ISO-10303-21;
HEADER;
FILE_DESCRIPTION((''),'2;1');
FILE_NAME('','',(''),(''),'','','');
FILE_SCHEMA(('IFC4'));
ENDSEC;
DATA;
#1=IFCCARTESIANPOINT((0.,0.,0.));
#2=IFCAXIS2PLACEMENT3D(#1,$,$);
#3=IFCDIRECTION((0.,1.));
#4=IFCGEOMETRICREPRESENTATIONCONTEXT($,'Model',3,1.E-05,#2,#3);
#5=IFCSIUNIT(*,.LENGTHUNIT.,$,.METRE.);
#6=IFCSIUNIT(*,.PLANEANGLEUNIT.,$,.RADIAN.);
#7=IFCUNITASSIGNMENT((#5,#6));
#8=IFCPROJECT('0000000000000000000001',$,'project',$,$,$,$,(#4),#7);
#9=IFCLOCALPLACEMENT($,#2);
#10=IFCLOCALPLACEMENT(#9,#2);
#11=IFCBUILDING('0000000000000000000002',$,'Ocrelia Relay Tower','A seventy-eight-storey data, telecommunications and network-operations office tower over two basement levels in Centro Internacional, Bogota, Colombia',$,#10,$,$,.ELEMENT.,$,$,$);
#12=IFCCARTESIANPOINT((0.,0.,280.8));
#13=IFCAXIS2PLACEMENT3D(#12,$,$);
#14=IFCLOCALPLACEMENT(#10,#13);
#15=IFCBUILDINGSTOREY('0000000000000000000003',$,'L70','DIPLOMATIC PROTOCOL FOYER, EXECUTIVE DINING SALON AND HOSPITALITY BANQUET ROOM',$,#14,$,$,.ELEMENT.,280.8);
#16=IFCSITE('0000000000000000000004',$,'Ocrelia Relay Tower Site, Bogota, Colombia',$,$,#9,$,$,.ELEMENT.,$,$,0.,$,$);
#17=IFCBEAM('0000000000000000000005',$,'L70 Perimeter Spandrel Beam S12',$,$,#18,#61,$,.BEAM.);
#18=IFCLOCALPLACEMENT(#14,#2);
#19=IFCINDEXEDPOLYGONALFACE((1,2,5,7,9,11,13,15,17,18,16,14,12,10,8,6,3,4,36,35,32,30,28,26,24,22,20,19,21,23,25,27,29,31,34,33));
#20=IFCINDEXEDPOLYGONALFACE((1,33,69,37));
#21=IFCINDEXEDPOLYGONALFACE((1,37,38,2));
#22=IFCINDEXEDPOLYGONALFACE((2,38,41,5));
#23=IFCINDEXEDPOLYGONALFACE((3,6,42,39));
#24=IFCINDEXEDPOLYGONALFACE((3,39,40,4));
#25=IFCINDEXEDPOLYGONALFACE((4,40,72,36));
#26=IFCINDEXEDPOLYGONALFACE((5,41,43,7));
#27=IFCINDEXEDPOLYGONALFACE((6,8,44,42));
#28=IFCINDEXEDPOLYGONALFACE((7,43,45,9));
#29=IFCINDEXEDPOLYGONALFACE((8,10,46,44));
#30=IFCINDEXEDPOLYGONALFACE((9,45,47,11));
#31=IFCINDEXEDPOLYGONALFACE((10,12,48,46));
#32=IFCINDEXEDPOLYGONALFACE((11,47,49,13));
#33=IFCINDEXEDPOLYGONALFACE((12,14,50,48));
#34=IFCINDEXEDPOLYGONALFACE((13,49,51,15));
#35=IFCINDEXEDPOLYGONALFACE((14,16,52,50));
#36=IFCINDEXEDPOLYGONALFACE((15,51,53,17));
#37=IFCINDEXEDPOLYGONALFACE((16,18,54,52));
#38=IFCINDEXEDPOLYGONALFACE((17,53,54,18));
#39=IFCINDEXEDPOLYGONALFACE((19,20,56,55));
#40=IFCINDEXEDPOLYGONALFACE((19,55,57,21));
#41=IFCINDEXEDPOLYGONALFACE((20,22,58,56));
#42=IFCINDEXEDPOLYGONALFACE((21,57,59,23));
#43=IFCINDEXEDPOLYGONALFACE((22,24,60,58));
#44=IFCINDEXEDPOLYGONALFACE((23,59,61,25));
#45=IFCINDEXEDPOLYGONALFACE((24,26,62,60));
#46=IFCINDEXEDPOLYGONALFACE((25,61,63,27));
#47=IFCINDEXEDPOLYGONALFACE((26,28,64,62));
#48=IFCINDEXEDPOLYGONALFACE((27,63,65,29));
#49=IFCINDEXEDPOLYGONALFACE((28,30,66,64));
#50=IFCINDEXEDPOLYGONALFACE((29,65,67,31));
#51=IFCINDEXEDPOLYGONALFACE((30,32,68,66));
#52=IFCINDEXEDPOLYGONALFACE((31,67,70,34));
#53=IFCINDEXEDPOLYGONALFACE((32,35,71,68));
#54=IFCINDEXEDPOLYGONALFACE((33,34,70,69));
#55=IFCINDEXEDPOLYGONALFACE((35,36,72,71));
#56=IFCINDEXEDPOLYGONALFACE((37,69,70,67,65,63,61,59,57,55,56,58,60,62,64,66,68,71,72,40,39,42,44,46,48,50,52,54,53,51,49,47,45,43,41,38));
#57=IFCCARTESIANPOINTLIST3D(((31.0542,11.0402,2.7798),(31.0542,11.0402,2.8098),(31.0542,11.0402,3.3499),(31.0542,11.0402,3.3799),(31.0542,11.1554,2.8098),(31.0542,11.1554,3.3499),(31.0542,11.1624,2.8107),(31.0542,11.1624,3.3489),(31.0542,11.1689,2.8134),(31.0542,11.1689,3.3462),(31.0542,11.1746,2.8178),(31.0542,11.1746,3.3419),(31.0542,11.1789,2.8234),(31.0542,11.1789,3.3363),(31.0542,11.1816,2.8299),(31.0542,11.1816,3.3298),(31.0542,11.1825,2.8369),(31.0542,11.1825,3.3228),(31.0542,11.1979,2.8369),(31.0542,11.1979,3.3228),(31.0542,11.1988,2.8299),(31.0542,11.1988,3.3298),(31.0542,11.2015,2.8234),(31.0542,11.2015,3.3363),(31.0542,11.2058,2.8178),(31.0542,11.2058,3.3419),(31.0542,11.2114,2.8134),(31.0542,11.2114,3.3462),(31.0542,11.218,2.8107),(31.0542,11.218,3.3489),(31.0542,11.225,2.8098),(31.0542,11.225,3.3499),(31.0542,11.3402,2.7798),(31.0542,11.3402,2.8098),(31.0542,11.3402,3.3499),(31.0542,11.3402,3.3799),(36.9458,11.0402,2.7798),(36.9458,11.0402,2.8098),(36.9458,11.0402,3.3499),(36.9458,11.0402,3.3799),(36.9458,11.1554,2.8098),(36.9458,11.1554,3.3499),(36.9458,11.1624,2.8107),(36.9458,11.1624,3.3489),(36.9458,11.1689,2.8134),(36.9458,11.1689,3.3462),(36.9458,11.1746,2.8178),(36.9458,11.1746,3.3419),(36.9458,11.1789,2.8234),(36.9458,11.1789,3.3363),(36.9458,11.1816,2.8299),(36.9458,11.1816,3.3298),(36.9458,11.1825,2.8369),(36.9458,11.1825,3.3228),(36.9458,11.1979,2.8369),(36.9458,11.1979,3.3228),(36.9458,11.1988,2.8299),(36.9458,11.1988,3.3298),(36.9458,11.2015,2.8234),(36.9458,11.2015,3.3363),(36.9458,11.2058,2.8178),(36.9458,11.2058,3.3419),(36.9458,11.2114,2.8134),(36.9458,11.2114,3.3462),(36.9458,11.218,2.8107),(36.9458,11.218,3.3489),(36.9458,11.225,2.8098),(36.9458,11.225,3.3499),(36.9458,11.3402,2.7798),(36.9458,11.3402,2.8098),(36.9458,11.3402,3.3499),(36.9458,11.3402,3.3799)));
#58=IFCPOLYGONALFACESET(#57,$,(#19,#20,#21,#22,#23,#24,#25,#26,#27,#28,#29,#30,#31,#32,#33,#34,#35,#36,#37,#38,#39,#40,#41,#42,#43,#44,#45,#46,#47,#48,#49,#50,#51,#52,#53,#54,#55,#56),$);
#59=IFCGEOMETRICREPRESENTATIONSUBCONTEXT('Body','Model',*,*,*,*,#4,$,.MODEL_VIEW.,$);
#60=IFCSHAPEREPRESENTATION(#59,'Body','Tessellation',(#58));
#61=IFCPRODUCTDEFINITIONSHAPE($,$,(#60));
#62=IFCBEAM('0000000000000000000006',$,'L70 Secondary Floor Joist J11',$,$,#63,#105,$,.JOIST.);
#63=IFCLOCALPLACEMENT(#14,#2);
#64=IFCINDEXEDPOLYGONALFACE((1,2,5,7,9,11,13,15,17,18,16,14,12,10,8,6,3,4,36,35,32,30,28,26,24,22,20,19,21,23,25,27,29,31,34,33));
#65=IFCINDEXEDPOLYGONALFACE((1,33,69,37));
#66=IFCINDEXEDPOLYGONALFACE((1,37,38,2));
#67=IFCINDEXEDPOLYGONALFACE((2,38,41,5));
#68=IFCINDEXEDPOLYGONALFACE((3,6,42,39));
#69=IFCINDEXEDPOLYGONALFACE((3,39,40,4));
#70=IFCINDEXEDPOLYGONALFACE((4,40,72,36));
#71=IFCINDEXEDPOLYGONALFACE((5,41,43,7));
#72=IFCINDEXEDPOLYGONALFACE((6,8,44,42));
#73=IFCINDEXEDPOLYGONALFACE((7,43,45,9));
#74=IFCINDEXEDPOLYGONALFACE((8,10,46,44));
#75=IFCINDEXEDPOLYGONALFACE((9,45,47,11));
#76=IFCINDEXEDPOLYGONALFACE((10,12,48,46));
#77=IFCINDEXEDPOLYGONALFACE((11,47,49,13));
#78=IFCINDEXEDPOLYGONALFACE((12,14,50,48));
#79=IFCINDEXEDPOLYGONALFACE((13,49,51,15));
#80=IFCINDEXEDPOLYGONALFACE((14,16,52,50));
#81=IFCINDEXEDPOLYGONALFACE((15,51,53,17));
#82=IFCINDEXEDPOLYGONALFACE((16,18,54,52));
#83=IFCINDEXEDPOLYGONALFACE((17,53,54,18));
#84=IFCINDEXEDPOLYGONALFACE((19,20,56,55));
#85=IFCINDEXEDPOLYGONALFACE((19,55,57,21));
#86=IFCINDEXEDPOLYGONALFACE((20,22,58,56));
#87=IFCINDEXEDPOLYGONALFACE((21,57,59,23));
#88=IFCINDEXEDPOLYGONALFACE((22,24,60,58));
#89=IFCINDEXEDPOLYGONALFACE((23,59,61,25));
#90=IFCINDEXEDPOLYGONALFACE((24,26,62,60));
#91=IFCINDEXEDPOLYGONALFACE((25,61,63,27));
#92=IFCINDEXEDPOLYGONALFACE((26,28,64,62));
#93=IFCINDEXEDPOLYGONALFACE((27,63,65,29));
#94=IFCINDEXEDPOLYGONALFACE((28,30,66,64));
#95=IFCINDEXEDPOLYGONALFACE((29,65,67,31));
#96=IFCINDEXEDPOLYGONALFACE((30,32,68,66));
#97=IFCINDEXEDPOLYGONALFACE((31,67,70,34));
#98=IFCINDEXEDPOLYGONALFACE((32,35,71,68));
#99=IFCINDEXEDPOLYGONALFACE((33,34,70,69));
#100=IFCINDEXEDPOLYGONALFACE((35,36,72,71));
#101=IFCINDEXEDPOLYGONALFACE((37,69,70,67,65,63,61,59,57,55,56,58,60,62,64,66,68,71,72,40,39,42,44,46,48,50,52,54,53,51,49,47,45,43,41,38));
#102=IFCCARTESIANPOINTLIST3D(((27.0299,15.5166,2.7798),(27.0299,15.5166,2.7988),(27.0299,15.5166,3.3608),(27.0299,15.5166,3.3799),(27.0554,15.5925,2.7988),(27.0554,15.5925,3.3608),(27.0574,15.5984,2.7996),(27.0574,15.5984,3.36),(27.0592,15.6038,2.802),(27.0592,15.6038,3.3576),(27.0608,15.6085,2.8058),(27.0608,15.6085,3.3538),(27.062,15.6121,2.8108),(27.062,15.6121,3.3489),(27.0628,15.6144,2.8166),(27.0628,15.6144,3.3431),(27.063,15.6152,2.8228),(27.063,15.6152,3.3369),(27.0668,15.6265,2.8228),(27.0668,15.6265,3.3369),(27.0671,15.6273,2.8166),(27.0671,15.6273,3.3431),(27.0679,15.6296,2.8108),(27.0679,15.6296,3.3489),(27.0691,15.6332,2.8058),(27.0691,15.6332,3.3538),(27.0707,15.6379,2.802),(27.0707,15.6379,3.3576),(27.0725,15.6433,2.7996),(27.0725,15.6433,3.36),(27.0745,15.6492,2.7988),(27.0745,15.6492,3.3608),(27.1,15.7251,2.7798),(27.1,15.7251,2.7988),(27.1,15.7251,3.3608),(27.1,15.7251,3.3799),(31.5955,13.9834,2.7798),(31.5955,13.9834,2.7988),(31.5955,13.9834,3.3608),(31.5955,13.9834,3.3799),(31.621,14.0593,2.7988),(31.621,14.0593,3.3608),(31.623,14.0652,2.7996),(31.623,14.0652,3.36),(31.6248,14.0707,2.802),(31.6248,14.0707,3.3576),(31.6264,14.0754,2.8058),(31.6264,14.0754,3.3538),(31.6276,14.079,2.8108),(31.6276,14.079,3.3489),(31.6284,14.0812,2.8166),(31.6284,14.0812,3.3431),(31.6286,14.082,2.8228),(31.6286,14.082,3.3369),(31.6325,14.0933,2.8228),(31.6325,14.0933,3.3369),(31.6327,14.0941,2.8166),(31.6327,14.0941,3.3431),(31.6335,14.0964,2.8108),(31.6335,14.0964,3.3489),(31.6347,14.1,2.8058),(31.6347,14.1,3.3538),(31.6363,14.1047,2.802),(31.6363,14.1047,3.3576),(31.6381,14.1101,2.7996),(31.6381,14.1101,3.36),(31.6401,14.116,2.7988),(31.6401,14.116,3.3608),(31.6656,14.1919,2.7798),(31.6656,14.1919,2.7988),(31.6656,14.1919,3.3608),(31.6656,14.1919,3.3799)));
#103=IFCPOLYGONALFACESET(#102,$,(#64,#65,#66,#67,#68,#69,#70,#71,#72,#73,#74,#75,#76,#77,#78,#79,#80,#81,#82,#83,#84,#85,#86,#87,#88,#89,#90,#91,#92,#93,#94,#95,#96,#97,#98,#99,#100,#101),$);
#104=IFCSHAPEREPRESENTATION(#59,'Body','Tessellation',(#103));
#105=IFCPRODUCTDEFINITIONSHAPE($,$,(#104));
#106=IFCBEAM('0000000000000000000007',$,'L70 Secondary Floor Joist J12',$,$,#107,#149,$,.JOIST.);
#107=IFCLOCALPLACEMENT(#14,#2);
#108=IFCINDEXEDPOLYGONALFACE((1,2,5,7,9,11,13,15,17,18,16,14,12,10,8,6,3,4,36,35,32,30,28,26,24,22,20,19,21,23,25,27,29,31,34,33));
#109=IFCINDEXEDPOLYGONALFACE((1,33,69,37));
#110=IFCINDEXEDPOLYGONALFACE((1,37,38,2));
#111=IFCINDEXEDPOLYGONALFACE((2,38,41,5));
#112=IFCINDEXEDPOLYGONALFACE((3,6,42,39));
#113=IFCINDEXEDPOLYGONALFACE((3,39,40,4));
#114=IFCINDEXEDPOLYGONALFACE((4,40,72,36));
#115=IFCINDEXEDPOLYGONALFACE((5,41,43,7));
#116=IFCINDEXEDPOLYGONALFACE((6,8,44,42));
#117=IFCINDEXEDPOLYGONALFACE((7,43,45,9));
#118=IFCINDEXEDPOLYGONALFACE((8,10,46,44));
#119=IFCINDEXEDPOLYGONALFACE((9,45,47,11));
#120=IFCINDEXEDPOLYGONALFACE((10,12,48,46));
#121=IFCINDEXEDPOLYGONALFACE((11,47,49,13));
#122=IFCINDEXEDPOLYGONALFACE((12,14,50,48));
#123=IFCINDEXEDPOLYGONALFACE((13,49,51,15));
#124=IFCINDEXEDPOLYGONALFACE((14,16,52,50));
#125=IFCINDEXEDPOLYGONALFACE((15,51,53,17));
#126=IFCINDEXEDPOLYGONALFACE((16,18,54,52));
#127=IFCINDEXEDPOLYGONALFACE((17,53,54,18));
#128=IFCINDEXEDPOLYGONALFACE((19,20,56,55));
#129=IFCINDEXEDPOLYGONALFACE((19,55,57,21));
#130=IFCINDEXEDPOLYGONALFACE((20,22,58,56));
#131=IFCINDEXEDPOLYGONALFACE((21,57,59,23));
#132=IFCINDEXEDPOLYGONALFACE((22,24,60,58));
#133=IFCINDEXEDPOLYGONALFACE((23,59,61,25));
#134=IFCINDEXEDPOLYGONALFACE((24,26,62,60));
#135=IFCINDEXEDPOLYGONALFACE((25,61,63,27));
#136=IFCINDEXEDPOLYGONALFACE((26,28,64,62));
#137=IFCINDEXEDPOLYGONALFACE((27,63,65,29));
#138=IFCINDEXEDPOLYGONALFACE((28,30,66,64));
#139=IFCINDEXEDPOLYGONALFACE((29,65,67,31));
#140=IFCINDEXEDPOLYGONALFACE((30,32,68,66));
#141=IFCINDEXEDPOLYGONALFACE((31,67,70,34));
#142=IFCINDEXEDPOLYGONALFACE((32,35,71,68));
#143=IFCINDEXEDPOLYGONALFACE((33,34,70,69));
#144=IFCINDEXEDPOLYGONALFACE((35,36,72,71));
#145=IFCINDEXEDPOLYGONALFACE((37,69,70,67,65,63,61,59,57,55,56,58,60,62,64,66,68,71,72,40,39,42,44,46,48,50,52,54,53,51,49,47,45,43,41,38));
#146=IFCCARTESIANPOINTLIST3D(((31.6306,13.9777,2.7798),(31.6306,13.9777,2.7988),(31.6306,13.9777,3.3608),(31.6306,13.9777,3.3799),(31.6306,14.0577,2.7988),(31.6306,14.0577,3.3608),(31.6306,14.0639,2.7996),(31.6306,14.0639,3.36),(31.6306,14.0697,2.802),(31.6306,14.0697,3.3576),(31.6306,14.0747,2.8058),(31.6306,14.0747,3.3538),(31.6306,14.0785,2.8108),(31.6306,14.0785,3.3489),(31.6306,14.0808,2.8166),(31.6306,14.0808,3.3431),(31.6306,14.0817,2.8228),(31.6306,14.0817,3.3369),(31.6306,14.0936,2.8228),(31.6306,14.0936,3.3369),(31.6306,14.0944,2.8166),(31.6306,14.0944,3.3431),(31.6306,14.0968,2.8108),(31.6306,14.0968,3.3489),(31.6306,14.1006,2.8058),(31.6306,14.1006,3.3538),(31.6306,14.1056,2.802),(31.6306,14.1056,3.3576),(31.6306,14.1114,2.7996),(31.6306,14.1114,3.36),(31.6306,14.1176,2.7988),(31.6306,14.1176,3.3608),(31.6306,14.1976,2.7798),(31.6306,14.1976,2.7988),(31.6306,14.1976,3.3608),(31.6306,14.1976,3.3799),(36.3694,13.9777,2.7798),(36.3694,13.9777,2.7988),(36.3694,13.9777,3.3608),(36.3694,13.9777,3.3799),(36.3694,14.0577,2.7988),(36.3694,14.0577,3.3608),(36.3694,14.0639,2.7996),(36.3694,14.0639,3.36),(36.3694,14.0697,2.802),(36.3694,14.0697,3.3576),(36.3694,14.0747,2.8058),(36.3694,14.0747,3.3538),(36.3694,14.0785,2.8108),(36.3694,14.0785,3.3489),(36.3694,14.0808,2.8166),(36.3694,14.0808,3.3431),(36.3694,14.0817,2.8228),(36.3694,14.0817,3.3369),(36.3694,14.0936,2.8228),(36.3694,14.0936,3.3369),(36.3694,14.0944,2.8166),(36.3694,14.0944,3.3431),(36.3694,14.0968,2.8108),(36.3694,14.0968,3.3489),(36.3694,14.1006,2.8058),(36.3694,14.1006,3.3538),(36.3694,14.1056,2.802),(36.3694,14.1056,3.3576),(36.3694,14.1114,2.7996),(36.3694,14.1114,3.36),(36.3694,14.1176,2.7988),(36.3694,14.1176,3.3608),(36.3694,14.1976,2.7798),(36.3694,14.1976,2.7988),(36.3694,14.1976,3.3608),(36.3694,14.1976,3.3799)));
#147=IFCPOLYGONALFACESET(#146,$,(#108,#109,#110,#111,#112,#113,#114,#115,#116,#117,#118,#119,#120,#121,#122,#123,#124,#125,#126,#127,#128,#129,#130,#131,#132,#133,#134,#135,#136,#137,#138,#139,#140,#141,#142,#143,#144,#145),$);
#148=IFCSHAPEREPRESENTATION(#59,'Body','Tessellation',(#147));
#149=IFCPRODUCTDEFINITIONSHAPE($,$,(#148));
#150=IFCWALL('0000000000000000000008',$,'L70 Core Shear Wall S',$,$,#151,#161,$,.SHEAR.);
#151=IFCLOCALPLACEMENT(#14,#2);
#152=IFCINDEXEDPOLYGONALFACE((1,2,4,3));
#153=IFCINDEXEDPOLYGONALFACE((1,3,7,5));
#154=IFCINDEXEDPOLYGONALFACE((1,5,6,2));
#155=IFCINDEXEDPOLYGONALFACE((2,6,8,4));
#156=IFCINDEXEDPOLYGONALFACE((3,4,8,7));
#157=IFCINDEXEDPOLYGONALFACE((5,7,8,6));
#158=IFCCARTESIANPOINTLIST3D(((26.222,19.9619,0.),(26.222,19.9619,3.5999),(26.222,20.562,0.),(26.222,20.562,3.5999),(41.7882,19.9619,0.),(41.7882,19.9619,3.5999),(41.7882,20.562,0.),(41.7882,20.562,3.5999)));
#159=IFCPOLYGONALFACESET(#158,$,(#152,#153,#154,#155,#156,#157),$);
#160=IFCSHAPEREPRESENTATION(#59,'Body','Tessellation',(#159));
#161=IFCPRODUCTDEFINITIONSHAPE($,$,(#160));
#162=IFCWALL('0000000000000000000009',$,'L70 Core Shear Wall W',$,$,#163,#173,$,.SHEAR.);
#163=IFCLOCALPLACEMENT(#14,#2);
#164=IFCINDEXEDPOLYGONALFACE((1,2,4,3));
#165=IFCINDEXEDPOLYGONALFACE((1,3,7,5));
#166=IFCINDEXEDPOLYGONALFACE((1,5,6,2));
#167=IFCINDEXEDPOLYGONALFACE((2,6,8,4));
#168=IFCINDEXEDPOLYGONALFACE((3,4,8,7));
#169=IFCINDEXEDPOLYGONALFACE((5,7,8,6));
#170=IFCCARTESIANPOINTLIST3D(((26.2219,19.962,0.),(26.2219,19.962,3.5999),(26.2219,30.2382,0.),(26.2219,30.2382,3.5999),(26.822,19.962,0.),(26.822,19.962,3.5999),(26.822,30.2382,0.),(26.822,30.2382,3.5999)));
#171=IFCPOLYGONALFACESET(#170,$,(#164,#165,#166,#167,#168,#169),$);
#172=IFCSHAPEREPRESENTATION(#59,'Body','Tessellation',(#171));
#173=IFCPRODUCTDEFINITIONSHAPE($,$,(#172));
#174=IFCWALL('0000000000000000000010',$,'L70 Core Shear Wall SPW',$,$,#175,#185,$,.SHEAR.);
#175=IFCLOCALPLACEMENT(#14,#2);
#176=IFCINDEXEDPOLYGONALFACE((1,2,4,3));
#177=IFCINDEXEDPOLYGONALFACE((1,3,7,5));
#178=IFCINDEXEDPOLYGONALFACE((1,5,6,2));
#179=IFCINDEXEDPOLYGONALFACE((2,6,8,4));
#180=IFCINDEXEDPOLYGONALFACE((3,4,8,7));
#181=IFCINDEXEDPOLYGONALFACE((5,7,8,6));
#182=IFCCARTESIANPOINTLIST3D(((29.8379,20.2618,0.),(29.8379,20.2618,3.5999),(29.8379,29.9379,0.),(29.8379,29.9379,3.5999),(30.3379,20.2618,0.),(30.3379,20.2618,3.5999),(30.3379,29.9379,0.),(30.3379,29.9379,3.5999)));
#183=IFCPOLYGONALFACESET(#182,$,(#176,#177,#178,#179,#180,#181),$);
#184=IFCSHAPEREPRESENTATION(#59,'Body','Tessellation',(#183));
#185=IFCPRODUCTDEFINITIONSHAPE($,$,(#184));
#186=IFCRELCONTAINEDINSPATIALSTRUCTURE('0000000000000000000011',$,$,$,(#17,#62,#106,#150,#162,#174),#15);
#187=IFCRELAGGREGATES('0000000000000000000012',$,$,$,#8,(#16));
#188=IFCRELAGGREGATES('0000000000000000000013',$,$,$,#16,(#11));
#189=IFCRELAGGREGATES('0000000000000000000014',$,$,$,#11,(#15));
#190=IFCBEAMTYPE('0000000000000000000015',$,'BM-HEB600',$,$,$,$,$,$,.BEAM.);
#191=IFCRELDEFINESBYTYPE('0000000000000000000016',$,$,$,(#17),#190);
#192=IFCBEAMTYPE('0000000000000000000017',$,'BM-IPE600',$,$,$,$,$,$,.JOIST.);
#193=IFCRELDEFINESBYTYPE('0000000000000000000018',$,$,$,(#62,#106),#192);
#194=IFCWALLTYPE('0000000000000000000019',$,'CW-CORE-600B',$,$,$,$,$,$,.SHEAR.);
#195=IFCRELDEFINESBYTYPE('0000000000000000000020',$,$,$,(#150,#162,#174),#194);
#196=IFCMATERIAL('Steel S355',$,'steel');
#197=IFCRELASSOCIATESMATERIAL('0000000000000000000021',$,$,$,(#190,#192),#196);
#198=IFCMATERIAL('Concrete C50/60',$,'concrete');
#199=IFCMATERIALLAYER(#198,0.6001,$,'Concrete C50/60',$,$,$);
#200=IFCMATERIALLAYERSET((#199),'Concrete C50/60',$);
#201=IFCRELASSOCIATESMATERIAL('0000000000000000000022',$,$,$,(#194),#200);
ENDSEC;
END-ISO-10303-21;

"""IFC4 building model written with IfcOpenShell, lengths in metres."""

from ifc_helpers import new_model, si_unit, direction, frame, frame_2d, origin, origin_2d, place, context, subcontext, project, spatial, rectangle, i_section, extrude, material, layer, layer_set, material_profile, profile_set, type_object, element, save


model = new_model("IFC4")

# Units and contexts
model_context = context("Model", 3, precision=1e-05, world=origin(), true_north=direction((0.0, 1.0)))
body_context = subcontext(model_context, "Body", "Model", "MODEL_VIEW")
ifc_project = project(units=[si_unit("LENGTHUNIT", "METRE"), si_unit("PLANEANGLEUNIT", "RADIAN")], contexts=[model_context])

# Site, building, storey
site_placement = place(None, origin())
site = spatial("IfcSite", under=ifc_project, at=site_placement, Name="Ocrelia Relay Tower Site, Bogota, Colombia", CompositionType="ELEMENT", RefElevation=0.0)
building_placement = place(site_placement, origin())
building = spatial("IfcBuilding", under=site, at=building_placement, Name="Ocrelia Relay Tower", Description="A seventy-eight-storey data, telecommunications and network-operations office tower over two basement levels in Centro Internacional, Bogota, Colombia", CompositionType="ELEMENT")
storey_placement = place(building_placement, frame((0.0, 0.0, 280.8)))
storey = spatial("IfcBuildingStorey", under=building, at=storey_placement, Name="L70", Description="DIPLOMATIC PROTOCOL FOYER, EXECUTIVE DINING SALON AND HOSPITALITY BANQUET ROOM", CompositionType="ELEMENT", Elevation=280.8)

# Shared definitions
ifc_material_1 = material(Name="Concrete C50/60", Category="concrete")

# Beams
ifc_material_2 = material(Name="Steel S355", Category="steel")
ifc_material_profile_1 = material_profile(ifc_material_2, i_section(OverallWidth=0.3, OverallDepth=0.6001, WebThickness=0.0154, FlangeThickness=0.03, FilletRadius=0.0271, at=origin_2d()), Name="HEB 600")
ifc_profile_set_1 = profile_set([ifc_material_profile_1], Name="Steel S355")
beam_type_1 = type_object("IfcBeamType", Name="BM-HEB600", PredefinedType="BEAM", material=ifc_profile_set_1)
beam_1_placement = place(storey_placement, frame((31.0542, 11.1902, 3.0798), z_axis=(1.0, 0.0, 0.0), x_axis=(0.0, 1.0, 0.0)))
element("IfcBeam", 1, at=beam_1_placement, inside=storey, type_object=beam_type_1, Name="L70 Perimeter Spandrel Beam S12", PredefinedType="BEAM", context=body_context, shape_type="SweptSolid", body=[
    extrude(i_section(OverallWidth=0.3, OverallDepth=0.6001, WebThickness=0.0154, FlangeThickness=0.03, FilletRadius=0.0271, at=origin_2d()), origin(), (0.0, 0.0, 1.0), 5.8916),
])
ifc_material_profile_2 = material_profile(ifc_material_2, i_section(OverallWidth=0.22, OverallDepth=0.6001, WebThickness=0.012, FlangeThickness=0.019, FilletRadius=0.0239, at=origin_2d()), Name="IPE 600")
ifc_profile_set_2 = profile_set([ifc_material_profile_2], Name="Steel S355")
beam_type_2 = type_object("IfcBeamType", Name="BM-IPE600", PredefinedType="JOIST", material=ifc_profile_set_2)
beam_2_placement = place(storey_placement, frame((27.0649, 15.6208, 3.0798), z_axis=(0.947976, -0.318341, 0.0), x_axis=(0.318341, 0.947976, 0.0)))
element("IfcBeam", 2, at=beam_2_placement, inside=storey, type_object=beam_type_2, Name="L70 Secondary Floor Joist J11", PredefinedType="JOIST", context=body_context, shape_type="SweptSolid", body=[
    extrude(i_section(OverallWidth=0.22, OverallDepth=0.6001, WebThickness=0.012, FlangeThickness=0.019, FilletRadius=0.0239, at=origin_2d()), origin(), (0.0, 0.0, 1.0), 4.8162),
])
beam_3_placement = place(storey_placement, frame((31.6306, 14.0876, 3.0798), z_axis=(1.0, 0.0, 0.0), x_axis=(0.0, 1.0, 0.0)))
element("IfcBeam", 3, at=beam_3_placement, inside=storey, type_object=beam_type_2, Name="L70 Secondary Floor Joist J12", PredefinedType="JOIST", context=body_context, shape_type="SweptSolid", body=[
    extrude(i_section(OverallWidth=0.22, OverallDepth=0.6001, WebThickness=0.012, FlangeThickness=0.019, FilletRadius=0.0239, at=origin_2d()), origin(), (0.0, 0.0, 1.0), 4.7388),
])

# Walls
ifc_layer_1 = layer(ifc_material_1, 0.6001, Name="Concrete C50/60")
ifc_layer_set_1 = layer_set([ifc_layer_1], Name="Concrete C50/60")
wall_type_1 = type_object("IfcWallType", Name="CW-CORE-600B", PredefinedType="SHEAR", material=ifc_layer_set_1)
wall_1_placement = place(storey_placement, frame((26.2219, 20.262, 0.0), z_axis=(0.0, 0.0, 1.0), x_axis=(1.0, 0.0, 0.0)))
element("IfcWall", 4, at=wall_1_placement, inside=storey, type_object=wall_type_1, Name="L70 Core Shear Wall S", PredefinedType="SHEAR", context=body_context, shape_type="SweptSolid", body=[
    extrude(rectangle(XDim=15.5662, YDim=0.6001, at=frame_2d((7.7832, 0.0))), origin(), (0.0, 0.0, 1.0), 3.5999),
])
wall_2_placement = place(storey_placement, frame((26.522, 19.9619, 0.0), z_axis=(0.0, 0.0, 1.0), x_axis=(0.0, 1.0, 0.0)))
element("IfcWall", 5, at=wall_2_placement, inside=storey, type_object=wall_type_1, Name="L70 Core Shear Wall W", PredefinedType="SHEAR", context=body_context, shape_type="SweptSolid", body=[
    extrude(rectangle(XDim=10.2761, YDim=0.6001, at=frame_2d((5.1382, 0.0))), origin(), (0.0, 0.0, 1.0), 3.5999),
])
wall_3_placement = place(storey_placement, frame((30.0879, 20.262, 0.0), z_axis=(0.0, 0.0, 1.0), x_axis=(0.0, 1.0, 0.0)))
element("IfcWall", 6, at=wall_3_placement, inside=storey, type_object=wall_type_1, Name="L70 Core Shear Wall SPW", PredefinedType="SHEAR", context=body_context, shape_type="SweptSolid", body=[
    extrude(rectangle(XDim=9.676, YDim=0.5, at=frame_2d((4.8379, 0.0))), origin(), (0.0, 0.0, 1.0), 3.5999),
])

save(model, "model.ifc")
